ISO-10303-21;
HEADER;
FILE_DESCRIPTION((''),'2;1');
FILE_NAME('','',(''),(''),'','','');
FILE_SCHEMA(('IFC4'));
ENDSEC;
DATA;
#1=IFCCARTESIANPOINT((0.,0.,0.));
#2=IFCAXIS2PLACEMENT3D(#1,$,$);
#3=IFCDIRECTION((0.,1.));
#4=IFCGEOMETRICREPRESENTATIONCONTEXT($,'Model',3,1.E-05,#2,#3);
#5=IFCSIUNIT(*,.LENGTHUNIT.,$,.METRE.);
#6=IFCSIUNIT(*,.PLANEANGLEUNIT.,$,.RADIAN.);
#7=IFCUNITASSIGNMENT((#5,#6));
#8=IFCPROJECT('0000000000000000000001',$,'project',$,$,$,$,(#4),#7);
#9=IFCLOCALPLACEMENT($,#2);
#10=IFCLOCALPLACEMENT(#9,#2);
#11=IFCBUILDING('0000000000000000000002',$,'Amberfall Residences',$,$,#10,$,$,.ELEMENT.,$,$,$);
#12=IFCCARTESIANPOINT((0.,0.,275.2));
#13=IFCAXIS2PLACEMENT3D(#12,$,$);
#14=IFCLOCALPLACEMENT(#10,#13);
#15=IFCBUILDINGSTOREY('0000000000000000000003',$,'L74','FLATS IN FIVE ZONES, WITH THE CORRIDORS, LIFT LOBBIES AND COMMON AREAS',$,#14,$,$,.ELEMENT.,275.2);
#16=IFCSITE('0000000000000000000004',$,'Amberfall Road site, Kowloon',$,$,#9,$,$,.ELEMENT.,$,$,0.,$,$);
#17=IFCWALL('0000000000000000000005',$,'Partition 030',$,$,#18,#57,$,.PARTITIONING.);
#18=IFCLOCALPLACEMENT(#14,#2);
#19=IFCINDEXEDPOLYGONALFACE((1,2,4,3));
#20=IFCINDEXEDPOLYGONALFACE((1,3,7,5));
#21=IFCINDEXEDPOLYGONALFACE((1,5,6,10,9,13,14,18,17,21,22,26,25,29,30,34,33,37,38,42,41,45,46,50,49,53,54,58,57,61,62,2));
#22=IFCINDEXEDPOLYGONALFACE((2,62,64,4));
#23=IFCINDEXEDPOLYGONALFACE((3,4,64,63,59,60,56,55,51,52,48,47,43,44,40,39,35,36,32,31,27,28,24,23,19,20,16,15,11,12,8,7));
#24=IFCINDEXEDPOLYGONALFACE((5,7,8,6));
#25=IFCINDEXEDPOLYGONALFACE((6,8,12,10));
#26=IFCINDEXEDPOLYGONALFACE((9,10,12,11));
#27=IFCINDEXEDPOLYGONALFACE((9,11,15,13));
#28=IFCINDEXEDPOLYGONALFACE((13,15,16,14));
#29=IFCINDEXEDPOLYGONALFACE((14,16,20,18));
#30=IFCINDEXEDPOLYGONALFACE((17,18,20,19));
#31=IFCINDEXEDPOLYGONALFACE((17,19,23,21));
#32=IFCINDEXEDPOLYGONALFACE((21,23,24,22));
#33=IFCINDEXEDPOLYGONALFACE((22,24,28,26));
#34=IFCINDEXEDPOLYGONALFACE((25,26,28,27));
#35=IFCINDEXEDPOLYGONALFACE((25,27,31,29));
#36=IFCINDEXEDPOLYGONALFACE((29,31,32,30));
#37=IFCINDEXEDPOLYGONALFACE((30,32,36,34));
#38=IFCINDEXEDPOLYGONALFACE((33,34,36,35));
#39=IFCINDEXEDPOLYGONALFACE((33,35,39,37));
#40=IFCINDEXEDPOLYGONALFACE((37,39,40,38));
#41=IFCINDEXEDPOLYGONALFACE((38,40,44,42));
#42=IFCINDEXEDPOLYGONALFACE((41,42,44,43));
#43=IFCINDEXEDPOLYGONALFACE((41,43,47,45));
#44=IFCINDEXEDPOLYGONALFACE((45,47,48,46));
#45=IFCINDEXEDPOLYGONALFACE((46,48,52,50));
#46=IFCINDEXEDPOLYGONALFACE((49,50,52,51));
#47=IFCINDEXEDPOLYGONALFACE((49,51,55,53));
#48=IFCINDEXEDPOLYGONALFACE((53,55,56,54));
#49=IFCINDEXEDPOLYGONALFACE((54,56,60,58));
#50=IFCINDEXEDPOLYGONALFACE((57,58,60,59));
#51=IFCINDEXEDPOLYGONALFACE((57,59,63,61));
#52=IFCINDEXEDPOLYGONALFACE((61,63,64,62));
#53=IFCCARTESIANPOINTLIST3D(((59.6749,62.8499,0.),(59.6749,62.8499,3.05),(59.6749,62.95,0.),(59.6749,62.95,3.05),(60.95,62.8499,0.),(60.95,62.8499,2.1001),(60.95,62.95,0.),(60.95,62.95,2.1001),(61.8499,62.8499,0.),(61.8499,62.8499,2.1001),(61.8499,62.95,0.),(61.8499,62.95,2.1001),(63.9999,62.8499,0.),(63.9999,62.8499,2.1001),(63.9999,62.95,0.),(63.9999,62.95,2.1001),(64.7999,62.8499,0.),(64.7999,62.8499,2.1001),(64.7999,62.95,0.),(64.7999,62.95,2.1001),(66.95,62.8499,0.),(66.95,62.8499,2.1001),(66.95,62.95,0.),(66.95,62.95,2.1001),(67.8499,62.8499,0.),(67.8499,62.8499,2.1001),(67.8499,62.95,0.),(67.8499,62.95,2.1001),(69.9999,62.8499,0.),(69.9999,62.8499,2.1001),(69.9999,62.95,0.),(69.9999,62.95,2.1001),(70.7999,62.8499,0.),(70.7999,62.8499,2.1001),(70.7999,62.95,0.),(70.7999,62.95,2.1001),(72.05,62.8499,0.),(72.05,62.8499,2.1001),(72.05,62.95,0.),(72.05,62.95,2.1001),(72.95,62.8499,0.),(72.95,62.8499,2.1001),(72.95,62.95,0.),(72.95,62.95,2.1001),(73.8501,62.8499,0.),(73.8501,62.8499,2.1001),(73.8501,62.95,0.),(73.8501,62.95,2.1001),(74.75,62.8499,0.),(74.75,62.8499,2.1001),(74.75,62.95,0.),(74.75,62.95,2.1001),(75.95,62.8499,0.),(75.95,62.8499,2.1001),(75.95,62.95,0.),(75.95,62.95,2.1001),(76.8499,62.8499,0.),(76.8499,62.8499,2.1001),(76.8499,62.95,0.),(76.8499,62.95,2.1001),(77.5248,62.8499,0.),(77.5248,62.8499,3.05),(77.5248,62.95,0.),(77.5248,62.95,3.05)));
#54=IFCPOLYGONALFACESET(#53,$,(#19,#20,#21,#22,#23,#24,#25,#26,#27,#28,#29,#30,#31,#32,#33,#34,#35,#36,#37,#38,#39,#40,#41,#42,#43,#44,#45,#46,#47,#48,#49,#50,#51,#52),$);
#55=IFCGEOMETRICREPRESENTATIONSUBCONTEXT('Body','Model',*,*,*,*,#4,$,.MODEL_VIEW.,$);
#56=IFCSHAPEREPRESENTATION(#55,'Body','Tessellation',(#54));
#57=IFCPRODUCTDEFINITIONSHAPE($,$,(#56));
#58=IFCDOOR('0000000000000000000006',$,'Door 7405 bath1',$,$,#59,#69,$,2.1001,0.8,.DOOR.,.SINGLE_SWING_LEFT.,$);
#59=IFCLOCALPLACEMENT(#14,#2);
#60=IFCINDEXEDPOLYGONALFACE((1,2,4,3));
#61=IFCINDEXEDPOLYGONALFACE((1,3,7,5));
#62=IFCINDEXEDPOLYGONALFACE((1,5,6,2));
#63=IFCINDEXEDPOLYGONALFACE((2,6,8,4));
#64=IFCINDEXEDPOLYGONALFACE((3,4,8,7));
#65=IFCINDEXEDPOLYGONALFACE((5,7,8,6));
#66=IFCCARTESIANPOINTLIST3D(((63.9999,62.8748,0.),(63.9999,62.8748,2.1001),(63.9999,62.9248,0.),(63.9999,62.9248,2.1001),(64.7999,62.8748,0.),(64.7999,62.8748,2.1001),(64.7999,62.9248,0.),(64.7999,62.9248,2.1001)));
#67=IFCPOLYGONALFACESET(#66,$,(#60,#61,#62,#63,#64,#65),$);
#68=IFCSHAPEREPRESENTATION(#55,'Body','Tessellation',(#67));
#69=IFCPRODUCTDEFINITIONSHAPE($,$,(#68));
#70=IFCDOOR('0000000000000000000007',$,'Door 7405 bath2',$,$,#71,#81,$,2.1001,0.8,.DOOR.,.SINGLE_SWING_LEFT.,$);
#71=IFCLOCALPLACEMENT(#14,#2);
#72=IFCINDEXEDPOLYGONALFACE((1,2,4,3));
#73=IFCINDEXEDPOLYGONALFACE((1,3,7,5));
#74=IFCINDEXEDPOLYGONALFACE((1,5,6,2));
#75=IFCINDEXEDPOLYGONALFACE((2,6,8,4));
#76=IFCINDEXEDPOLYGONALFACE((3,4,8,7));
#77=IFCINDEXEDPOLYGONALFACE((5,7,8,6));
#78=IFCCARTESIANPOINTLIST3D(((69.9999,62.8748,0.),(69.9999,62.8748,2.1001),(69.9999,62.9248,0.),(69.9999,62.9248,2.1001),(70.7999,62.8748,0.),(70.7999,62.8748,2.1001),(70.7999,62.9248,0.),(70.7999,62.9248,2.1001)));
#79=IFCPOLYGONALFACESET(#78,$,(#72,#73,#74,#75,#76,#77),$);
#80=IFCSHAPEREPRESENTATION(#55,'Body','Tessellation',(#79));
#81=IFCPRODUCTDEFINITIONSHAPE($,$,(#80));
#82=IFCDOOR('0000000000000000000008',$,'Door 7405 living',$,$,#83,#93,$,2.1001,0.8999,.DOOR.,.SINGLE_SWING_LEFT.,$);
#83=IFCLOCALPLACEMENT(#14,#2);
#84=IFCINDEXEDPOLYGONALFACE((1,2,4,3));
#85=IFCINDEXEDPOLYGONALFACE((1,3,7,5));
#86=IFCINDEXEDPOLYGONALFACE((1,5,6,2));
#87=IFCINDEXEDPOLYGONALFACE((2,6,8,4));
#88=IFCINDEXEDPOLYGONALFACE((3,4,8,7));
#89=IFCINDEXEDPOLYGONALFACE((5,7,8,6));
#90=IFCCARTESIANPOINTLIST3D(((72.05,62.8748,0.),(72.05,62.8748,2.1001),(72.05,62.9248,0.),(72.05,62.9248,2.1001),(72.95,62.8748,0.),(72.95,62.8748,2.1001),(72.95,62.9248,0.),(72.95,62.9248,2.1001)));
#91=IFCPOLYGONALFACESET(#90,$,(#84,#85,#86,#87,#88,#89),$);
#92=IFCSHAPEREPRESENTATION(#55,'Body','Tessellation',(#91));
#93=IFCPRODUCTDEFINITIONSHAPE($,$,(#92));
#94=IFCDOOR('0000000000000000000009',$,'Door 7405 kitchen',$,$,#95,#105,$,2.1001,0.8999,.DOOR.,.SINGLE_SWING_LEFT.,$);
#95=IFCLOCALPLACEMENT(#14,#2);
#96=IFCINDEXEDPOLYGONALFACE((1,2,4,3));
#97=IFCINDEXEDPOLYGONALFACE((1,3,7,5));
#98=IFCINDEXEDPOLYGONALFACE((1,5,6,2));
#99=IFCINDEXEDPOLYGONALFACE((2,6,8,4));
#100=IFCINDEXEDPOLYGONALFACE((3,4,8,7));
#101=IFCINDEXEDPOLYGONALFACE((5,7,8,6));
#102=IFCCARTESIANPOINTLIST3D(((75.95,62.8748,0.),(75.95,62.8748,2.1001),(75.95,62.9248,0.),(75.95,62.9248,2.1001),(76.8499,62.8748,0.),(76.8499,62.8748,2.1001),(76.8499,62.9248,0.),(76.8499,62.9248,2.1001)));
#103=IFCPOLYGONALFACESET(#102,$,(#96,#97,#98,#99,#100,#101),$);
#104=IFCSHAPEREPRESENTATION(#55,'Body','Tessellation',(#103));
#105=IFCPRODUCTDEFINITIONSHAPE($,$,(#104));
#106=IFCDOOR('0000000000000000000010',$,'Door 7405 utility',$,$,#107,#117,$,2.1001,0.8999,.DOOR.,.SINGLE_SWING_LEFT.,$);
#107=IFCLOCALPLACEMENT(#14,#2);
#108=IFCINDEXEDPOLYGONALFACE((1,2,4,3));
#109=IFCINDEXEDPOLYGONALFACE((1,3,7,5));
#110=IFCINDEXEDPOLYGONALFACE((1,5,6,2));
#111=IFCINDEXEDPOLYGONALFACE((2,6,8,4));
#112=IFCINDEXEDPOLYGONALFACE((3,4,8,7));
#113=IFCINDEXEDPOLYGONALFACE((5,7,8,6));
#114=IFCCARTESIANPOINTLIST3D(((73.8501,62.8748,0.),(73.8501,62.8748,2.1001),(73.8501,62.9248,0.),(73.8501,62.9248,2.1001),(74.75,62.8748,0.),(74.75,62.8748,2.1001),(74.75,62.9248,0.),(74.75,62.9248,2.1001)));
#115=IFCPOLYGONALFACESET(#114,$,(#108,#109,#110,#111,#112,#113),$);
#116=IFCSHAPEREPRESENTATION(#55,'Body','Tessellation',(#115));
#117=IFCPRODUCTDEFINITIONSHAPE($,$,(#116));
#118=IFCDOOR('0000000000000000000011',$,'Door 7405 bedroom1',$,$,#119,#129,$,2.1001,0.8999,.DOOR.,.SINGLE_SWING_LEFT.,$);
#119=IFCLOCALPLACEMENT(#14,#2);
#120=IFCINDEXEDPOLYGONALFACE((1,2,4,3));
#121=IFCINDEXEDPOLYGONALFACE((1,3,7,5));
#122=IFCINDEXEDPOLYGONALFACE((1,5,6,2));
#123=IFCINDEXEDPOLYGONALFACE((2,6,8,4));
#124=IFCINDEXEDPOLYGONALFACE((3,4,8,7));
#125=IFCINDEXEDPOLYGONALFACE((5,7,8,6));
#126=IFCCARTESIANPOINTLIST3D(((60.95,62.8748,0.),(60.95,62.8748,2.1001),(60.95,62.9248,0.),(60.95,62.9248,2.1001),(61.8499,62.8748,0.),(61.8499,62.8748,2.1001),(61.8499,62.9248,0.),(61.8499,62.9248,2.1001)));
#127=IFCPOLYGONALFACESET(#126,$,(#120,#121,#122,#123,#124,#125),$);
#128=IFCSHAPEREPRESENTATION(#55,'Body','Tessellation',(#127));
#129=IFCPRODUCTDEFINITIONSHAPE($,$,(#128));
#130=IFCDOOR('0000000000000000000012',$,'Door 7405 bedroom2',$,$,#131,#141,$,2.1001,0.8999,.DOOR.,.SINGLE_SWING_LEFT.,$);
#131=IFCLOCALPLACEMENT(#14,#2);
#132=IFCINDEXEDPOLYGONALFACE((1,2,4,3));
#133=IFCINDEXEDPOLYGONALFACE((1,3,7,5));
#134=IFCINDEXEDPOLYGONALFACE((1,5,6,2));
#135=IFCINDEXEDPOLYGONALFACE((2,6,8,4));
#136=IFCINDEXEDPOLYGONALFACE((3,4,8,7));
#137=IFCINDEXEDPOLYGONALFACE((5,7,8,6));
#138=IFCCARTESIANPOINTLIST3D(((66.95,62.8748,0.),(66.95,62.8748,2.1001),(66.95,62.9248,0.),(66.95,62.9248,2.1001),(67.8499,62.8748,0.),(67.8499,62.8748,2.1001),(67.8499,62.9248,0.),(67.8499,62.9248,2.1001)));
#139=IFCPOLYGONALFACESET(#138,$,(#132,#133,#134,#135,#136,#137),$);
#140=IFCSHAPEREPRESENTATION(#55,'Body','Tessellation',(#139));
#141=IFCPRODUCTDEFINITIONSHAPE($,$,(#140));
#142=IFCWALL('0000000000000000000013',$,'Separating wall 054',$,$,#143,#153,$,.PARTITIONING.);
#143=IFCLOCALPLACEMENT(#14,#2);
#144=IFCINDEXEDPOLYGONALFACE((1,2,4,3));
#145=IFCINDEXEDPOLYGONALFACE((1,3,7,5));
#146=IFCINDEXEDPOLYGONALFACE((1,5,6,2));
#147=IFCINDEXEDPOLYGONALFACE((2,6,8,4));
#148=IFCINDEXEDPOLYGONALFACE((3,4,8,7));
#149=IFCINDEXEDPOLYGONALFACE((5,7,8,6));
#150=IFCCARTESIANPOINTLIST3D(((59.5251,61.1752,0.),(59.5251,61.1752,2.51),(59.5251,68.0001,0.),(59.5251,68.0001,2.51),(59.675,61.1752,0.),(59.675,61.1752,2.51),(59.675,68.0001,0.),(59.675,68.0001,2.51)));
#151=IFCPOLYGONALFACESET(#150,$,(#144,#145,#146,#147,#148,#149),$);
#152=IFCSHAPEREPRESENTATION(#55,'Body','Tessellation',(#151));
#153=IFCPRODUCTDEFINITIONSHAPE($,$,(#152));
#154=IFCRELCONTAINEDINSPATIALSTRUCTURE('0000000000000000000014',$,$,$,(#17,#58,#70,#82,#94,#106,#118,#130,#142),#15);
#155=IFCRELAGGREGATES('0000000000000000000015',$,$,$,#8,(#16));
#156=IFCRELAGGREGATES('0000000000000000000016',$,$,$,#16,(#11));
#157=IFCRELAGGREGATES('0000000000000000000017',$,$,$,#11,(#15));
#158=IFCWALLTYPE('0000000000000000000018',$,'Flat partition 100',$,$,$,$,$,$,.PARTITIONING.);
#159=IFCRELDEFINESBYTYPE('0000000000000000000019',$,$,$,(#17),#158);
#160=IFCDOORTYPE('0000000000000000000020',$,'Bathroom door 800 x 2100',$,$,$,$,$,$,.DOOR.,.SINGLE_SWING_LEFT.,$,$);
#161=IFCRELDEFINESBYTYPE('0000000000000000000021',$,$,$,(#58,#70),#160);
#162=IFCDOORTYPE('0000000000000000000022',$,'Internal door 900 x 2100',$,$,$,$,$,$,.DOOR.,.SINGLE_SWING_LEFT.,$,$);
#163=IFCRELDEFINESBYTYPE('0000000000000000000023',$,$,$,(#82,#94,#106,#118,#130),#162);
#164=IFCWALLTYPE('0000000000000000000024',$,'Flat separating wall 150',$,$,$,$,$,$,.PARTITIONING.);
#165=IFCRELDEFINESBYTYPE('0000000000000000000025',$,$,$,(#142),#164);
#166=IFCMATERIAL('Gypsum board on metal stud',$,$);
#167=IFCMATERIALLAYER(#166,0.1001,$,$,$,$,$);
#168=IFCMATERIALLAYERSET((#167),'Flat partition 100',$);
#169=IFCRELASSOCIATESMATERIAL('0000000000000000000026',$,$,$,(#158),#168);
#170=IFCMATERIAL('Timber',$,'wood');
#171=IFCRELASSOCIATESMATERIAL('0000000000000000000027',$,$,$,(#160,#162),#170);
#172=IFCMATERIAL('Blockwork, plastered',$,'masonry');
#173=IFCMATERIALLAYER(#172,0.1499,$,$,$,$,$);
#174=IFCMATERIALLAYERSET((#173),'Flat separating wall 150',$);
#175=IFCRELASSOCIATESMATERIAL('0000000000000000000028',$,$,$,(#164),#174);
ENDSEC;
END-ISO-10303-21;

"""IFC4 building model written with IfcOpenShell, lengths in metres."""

from ifc_helpers import new_model, si_unit, direction, frame, frame_2d, origin, place, context, subcontext, project, spatial, rectangle, extrude, material, layer, layer_set, type_object, element, fill, save


model = new_model("IFC4")

# Units and contexts
model_context = context("Model", 3, precision=1e-05, world=origin(), true_north=direction((0.0, 1.0)))
body_context = subcontext(model_context, "Body", "Model", "MODEL_VIEW")
ifc_project = project(units=[si_unit("LENGTHUNIT", "METRE"), si_unit("PLANEANGLEUNIT", "RADIAN")], contexts=[model_context])

# Site, building, storey
site_placement = place(None, origin())
site = spatial("IfcSite", under=ifc_project, at=site_placement, Name="Amberfall Road site, Kowloon", CompositionType="ELEMENT", RefElevation=0.0)
building_placement = place(site_placement, origin())
building = spatial("IfcBuilding", under=site, at=building_placement, Name="Amberfall Residences", CompositionType="ELEMENT")
storey_placement = place(building_placement, frame((0.0, 0.0, 275.2)))
storey = spatial("IfcBuildingStorey", under=building, at=storey_placement, Name="L74", Description="FLATS IN FIVE ZONES, WITH THE CORRIDORS, LIFT LOBBIES AND COMMON AREAS", CompositionType="ELEMENT", Elevation=275.2)

# Shared definitions
ifc_material_1 = material(Name="Gypsum board on metal stud")
ifc_layer_1 = layer(ifc_material_1, 0.1001)
ifc_layer_set_1 = layer_set([ifc_layer_1], Name="Flat partition 100")
wall_type_1 = type_object("IfcWallType", Name="Flat partition 100", PredefinedType="PARTITIONING", material=ifc_layer_set_1)

# Wall, openings, doors
wall_1_placement = place(storey_placement, frame((59.675, 62.8999, 0.0), z_axis=(0.0, 0.0, 1.0), x_axis=(1.0, 0.0, 0.0)))
wall_1 = element("IfcWall", 1, at=wall_1_placement, inside=storey, type_object=wall_type_1, Name="Partition 030", PredefinedType="PARTITIONING", context=body_context, shape_type="SweptSolid", body=[
    extrude(rectangle(XDim=17.8499, YDim=0.1001, at=frame_2d((8.9248, 0.0))), origin(), (0.0, 0.0, 1.0), 3.05),
])
opening_1_placement = place(wall_1_placement, frame((12.375, 0.0, 0.0)))
opening_1 = element("IfcOpeningElement", 2, at=opening_1_placement, cuts=wall_1, PredefinedType="OPENING", context=body_context, shape_type="SweptSolid", body=[
    extrude(rectangle(XDim=0.8999, YDim=2.1001, at=frame_2d((0.45, 1.05))), frame((0.0, 0.0601, 0.0), z_axis=(0.0, -1.0, 0.0), x_axis=(1.0, 0.0, 0.0)), (0.0, 0.0, 1.0), 0.1201),
])
opening_2_placement = place(wall_1_placement, frame((16.2749, 0.0, 0.0)))
opening_2 = element("IfcOpeningElement", 3, at=opening_2_placement, cuts=wall_1, PredefinedType="OPENING", context=body_context, shape_type="SweptSolid", body=[
    extrude(rectangle(XDim=0.8999, YDim=2.1001, at=frame_2d((0.45, 1.05))), frame((0.0, 0.0601, 0.0), z_axis=(0.0, -1.0, 0.0), x_axis=(1.0, 0.0, 0.0)), (0.0, 0.0, 1.0), 0.1201),
])
opening_3_placement = place(wall_1_placement, frame((14.175, 0.0, 0.0)))
opening_3 = element("IfcOpeningElement", 4, at=opening_3_placement, cuts=wall_1, PredefinedType="OPENING", context=body_context, shape_type="SweptSolid", body=[
    extrude(rectangle(XDim=0.8999, YDim=2.1001, at=frame_2d((0.45, 1.05))), frame((0.0, 0.0601, 0.0), z_axis=(0.0, -1.0, 0.0), x_axis=(1.0, 0.0, 0.0)), (0.0, 0.0, 1.0), 0.1201),
])
opening_4_placement = place(wall_1_placement, frame((1.2749, 0.0, 0.0)))
opening_4 = element("IfcOpeningElement", 5, at=opening_4_placement, cuts=wall_1, PredefinedType="OPENING", context=body_context, shape_type="SweptSolid", body=[
    extrude(rectangle(XDim=0.8999, YDim=2.1001, at=frame_2d((0.45, 1.05))), frame((0.0, 0.0601, 0.0), z_axis=(0.0, -1.0, 0.0), x_axis=(1.0, 0.0, 0.0)), (0.0, 0.0, 1.0), 0.1201),
])
opening_5_placement = place(wall_1_placement, frame((7.2749, 0.0, 0.0)))
opening_5 = element("IfcOpeningElement", 6, at=opening_5_placement, cuts=wall_1, PredefinedType="OPENING", context=body_context, shape_type="SweptSolid", body=[
    extrude(rectangle(XDim=0.8999, YDim=2.1001, at=frame_2d((0.45, 1.05))), frame((0.0, 0.0601, 0.0), z_axis=(0.0, -1.0, 0.0), x_axis=(1.0, 0.0, 0.0)), (0.0, 0.0, 1.0), 0.1201),
])
opening_6_placement = place(wall_1_placement, frame((4.325, 0.0, 0.0)))
opening_6 = element("IfcOpeningElement", 7, at=opening_6_placement, cuts=wall_1, PredefinedType="OPENING", context=body_context, shape_type="SweptSolid", body=[
    extrude(rectangle(XDim=0.8, YDim=2.1001, at=frame_2d((0.3999, 1.05))), frame((0.0, 0.0601, 0.0), z_axis=(0.0, -1.0, 0.0), x_axis=(1.0, 0.0, 0.0)), (0.0, 0.0, 1.0), 0.1201),
])
opening_7_placement = place(wall_1_placement, frame((10.325, 0.0, 0.0)))
opening_7 = element("IfcOpeningElement", 8, at=opening_7_placement, cuts=wall_1, PredefinedType="OPENING", context=body_context, shape_type="SweptSolid", body=[
    extrude(rectangle(XDim=0.8, YDim=2.1001, at=frame_2d((0.3999, 1.05))), frame((0.0, 0.0601, 0.0), z_axis=(0.0, -1.0, 0.0), x_axis=(1.0, 0.0, 0.0)), (0.0, 0.0, 1.0), 0.1201),
])
ifc_material_2 = material(Name="Timber", Category="wood")
door_type_1 = type_object("IfcDoorType", Name="Bathroom door 800 x 2100", OperationType="SINGLE_SWING_LEFT", PredefinedType="DOOR", material=ifc_material_2)
door_1_placement = place(opening_6_placement, origin())
door_1 = element("IfcDoor", 9, at=door_1_placement, inside=storey, type_object=door_type_1, Name="Door 7405 bath1", OperationType="SINGLE_SWING_LEFT", OverallHeight=2.1001, OverallWidth=0.8, PredefinedType="DOOR", context=body_context, shape_type="SweptSolid", body=[
    extrude(rectangle(XDim=0.8, YDim=2.1001, at=frame_2d((0.3999, 1.05))), frame((0.0, 0.0249, 0.0), z_axis=(0.0, -1.0, 0.0), x_axis=(1.0, 0.0, 0.0)), (0.0, 0.0, 1.0), 0.05),
])
fill(opening_6, door_1)
door_2_placement = place(opening_7_placement, origin())
door_2 = element("IfcDoor", 10, at=door_2_placement, inside=storey, type_object=door_type_1, Name="Door 7405 bath2", OperationType="SINGLE_SWING_LEFT", OverallHeight=2.1001, OverallWidth=0.8, PredefinedType="DOOR", context=body_context, shape_type="SweptSolid", body=[
    extrude(rectangle(XDim=0.8, YDim=2.1001, at=frame_2d((0.3999, 1.05))), frame((0.0, 0.0249, 0.0), z_axis=(0.0, -1.0, 0.0), x_axis=(1.0, 0.0, 0.0)), (0.0, 0.0, 1.0), 0.05),
])
fill(opening_7, door_2)
door_type_2 = type_object("IfcDoorType", Name="Internal door 900 x 2100", OperationType="SINGLE_SWING_LEFT", PredefinedType="DOOR", material=ifc_material_2)
door_3_placement = place(opening_1_placement, origin())
door_3 = element("IfcDoor", 11, at=door_3_placement, inside=storey, type_object=door_type_2, Name="Door 7405 living", OperationType="SINGLE_SWING_LEFT", OverallHeight=2.1001, OverallWidth=0.8999, PredefinedType="DOOR", context=body_context, shape_type="SweptSolid", body=[
    extrude(rectangle(XDim=0.8999, YDim=2.1001, at=frame_2d((0.45, 1.05))), frame((0.0, 0.0249, 0.0), z_axis=(0.0, -1.0, 0.0), x_axis=(1.0, 0.0, 0.0)), (0.0, 0.0, 1.0), 0.05),
])
fill(opening_1, door_3)
door_4_placement = place(opening_2_placement, origin())
door_4 = element("IfcDoor", 12, at=door_4_placement, inside=storey, type_object=door_type_2, Name="Door 7405 kitchen", OperationType="SINGLE_SWING_LEFT", OverallHeight=2.1001, OverallWidth=0.8999, PredefinedType="DOOR", context=body_context, shape_type="SweptSolid", body=[
    extrude(rectangle(XDim=0.8999, YDim=2.1001, at=frame_2d((0.45, 1.05))), frame((0.0, 0.0249, 0.0), z_axis=(0.0, -1.0, 0.0), x_axis=(1.0, 0.0, 0.0)), (0.0, 0.0, 1.0), 0.05),
])
fill(opening_2, door_4)
door_5_placement = place(opening_3_placement, origin())
door_5 = element("IfcDoor", 13, at=door_5_placement, inside=storey, type_object=door_type_2, Name="Door 7405 utility", OperationType="SINGLE_SWING_LEFT", OverallHeight=2.1001, OverallWidth=0.8999, PredefinedType="DOOR", context=body_context, shape_type="SweptSolid", body=[
    extrude(rectangle(XDim=0.8999, YDim=2.1001, at=frame_2d((0.45, 1.05))), frame((0.0, 0.0249, 0.0), z_axis=(0.0, -1.0, 0.0), x_axis=(1.0, 0.0, 0.0)), (0.0, 0.0, 1.0), 0.05),
])
fill(opening_3, door_5)
door_6_placement = place(opening_4_placement, origin())
door_6 = element("IfcDoor", 14, at=door_6_placement, inside=storey, type_object=door_type_2, Name="Door 7405 bedroom1", OperationType="SINGLE_SWING_LEFT", OverallHeight=2.1001, OverallWidth=0.8999, PredefinedType="DOOR", context=body_context, shape_type="SweptSolid", body=[
    extrude(rectangle(XDim=0.8999, YDim=2.1001, at=frame_2d((0.45, 1.05))), frame((0.0, 0.0249, 0.0), z_axis=(0.0, -1.0, 0.0), x_axis=(1.0, 0.0, 0.0)), (0.0, 0.0, 1.0), 0.05),
])
fill(opening_4, door_6)
door_7_placement = place(opening_5_placement, origin())
door_7 = element("IfcDoor", 15, at=door_7_placement, inside=storey, type_object=door_type_2, Name="Door 7405 bedroom2", OperationType="SINGLE_SWING_LEFT", OverallHeight=2.1001, OverallWidth=0.8999, PredefinedType="DOOR", context=body_context, shape_type="SweptSolid", body=[
    extrude(rectangle(XDim=0.8999, YDim=2.1001, at=frame_2d((0.45, 1.05))), frame((0.0, 0.0249, 0.0), z_axis=(0.0, -1.0, 0.0), x_axis=(1.0, 0.0, 0.0)), (0.0, 0.0, 1.0), 0.05),
])
fill(opening_5, door_7)

# Wall
ifc_material_3 = material(Name="Blockwork, plastered", Category="masonry")
ifc_layer_2 = layer(ifc_material_3, 0.1499)
ifc_layer_set_2 = layer_set([ifc_layer_2], Name="Flat separating wall 150")
wall_type_2 = type_object("IfcWallType", Name="Flat separating wall 150", PredefinedType="PARTITIONING", material=ifc_layer_set_2)
wall_2_placement = place(storey_placement, frame((59.6001, 61.175, 0.0), z_axis=(0.0, 0.0, 1.0), x_axis=(0.0, 1.0, 0.0)))
element("IfcWall", 16, at=wall_2_placement, inside=storey, type_object=wall_type_2, Name="Separating wall 054", PredefinedType="PARTITIONING", context=body_context, shape_type="SweptSolid", body=[
    extrude(rectangle(XDim=6.825, YDim=0.1499, at=frame_2d((3.4126, 0.0))), origin(), (0.0, 0.0, 1.0), 2.51),
])

save(model, "model.ifc")
